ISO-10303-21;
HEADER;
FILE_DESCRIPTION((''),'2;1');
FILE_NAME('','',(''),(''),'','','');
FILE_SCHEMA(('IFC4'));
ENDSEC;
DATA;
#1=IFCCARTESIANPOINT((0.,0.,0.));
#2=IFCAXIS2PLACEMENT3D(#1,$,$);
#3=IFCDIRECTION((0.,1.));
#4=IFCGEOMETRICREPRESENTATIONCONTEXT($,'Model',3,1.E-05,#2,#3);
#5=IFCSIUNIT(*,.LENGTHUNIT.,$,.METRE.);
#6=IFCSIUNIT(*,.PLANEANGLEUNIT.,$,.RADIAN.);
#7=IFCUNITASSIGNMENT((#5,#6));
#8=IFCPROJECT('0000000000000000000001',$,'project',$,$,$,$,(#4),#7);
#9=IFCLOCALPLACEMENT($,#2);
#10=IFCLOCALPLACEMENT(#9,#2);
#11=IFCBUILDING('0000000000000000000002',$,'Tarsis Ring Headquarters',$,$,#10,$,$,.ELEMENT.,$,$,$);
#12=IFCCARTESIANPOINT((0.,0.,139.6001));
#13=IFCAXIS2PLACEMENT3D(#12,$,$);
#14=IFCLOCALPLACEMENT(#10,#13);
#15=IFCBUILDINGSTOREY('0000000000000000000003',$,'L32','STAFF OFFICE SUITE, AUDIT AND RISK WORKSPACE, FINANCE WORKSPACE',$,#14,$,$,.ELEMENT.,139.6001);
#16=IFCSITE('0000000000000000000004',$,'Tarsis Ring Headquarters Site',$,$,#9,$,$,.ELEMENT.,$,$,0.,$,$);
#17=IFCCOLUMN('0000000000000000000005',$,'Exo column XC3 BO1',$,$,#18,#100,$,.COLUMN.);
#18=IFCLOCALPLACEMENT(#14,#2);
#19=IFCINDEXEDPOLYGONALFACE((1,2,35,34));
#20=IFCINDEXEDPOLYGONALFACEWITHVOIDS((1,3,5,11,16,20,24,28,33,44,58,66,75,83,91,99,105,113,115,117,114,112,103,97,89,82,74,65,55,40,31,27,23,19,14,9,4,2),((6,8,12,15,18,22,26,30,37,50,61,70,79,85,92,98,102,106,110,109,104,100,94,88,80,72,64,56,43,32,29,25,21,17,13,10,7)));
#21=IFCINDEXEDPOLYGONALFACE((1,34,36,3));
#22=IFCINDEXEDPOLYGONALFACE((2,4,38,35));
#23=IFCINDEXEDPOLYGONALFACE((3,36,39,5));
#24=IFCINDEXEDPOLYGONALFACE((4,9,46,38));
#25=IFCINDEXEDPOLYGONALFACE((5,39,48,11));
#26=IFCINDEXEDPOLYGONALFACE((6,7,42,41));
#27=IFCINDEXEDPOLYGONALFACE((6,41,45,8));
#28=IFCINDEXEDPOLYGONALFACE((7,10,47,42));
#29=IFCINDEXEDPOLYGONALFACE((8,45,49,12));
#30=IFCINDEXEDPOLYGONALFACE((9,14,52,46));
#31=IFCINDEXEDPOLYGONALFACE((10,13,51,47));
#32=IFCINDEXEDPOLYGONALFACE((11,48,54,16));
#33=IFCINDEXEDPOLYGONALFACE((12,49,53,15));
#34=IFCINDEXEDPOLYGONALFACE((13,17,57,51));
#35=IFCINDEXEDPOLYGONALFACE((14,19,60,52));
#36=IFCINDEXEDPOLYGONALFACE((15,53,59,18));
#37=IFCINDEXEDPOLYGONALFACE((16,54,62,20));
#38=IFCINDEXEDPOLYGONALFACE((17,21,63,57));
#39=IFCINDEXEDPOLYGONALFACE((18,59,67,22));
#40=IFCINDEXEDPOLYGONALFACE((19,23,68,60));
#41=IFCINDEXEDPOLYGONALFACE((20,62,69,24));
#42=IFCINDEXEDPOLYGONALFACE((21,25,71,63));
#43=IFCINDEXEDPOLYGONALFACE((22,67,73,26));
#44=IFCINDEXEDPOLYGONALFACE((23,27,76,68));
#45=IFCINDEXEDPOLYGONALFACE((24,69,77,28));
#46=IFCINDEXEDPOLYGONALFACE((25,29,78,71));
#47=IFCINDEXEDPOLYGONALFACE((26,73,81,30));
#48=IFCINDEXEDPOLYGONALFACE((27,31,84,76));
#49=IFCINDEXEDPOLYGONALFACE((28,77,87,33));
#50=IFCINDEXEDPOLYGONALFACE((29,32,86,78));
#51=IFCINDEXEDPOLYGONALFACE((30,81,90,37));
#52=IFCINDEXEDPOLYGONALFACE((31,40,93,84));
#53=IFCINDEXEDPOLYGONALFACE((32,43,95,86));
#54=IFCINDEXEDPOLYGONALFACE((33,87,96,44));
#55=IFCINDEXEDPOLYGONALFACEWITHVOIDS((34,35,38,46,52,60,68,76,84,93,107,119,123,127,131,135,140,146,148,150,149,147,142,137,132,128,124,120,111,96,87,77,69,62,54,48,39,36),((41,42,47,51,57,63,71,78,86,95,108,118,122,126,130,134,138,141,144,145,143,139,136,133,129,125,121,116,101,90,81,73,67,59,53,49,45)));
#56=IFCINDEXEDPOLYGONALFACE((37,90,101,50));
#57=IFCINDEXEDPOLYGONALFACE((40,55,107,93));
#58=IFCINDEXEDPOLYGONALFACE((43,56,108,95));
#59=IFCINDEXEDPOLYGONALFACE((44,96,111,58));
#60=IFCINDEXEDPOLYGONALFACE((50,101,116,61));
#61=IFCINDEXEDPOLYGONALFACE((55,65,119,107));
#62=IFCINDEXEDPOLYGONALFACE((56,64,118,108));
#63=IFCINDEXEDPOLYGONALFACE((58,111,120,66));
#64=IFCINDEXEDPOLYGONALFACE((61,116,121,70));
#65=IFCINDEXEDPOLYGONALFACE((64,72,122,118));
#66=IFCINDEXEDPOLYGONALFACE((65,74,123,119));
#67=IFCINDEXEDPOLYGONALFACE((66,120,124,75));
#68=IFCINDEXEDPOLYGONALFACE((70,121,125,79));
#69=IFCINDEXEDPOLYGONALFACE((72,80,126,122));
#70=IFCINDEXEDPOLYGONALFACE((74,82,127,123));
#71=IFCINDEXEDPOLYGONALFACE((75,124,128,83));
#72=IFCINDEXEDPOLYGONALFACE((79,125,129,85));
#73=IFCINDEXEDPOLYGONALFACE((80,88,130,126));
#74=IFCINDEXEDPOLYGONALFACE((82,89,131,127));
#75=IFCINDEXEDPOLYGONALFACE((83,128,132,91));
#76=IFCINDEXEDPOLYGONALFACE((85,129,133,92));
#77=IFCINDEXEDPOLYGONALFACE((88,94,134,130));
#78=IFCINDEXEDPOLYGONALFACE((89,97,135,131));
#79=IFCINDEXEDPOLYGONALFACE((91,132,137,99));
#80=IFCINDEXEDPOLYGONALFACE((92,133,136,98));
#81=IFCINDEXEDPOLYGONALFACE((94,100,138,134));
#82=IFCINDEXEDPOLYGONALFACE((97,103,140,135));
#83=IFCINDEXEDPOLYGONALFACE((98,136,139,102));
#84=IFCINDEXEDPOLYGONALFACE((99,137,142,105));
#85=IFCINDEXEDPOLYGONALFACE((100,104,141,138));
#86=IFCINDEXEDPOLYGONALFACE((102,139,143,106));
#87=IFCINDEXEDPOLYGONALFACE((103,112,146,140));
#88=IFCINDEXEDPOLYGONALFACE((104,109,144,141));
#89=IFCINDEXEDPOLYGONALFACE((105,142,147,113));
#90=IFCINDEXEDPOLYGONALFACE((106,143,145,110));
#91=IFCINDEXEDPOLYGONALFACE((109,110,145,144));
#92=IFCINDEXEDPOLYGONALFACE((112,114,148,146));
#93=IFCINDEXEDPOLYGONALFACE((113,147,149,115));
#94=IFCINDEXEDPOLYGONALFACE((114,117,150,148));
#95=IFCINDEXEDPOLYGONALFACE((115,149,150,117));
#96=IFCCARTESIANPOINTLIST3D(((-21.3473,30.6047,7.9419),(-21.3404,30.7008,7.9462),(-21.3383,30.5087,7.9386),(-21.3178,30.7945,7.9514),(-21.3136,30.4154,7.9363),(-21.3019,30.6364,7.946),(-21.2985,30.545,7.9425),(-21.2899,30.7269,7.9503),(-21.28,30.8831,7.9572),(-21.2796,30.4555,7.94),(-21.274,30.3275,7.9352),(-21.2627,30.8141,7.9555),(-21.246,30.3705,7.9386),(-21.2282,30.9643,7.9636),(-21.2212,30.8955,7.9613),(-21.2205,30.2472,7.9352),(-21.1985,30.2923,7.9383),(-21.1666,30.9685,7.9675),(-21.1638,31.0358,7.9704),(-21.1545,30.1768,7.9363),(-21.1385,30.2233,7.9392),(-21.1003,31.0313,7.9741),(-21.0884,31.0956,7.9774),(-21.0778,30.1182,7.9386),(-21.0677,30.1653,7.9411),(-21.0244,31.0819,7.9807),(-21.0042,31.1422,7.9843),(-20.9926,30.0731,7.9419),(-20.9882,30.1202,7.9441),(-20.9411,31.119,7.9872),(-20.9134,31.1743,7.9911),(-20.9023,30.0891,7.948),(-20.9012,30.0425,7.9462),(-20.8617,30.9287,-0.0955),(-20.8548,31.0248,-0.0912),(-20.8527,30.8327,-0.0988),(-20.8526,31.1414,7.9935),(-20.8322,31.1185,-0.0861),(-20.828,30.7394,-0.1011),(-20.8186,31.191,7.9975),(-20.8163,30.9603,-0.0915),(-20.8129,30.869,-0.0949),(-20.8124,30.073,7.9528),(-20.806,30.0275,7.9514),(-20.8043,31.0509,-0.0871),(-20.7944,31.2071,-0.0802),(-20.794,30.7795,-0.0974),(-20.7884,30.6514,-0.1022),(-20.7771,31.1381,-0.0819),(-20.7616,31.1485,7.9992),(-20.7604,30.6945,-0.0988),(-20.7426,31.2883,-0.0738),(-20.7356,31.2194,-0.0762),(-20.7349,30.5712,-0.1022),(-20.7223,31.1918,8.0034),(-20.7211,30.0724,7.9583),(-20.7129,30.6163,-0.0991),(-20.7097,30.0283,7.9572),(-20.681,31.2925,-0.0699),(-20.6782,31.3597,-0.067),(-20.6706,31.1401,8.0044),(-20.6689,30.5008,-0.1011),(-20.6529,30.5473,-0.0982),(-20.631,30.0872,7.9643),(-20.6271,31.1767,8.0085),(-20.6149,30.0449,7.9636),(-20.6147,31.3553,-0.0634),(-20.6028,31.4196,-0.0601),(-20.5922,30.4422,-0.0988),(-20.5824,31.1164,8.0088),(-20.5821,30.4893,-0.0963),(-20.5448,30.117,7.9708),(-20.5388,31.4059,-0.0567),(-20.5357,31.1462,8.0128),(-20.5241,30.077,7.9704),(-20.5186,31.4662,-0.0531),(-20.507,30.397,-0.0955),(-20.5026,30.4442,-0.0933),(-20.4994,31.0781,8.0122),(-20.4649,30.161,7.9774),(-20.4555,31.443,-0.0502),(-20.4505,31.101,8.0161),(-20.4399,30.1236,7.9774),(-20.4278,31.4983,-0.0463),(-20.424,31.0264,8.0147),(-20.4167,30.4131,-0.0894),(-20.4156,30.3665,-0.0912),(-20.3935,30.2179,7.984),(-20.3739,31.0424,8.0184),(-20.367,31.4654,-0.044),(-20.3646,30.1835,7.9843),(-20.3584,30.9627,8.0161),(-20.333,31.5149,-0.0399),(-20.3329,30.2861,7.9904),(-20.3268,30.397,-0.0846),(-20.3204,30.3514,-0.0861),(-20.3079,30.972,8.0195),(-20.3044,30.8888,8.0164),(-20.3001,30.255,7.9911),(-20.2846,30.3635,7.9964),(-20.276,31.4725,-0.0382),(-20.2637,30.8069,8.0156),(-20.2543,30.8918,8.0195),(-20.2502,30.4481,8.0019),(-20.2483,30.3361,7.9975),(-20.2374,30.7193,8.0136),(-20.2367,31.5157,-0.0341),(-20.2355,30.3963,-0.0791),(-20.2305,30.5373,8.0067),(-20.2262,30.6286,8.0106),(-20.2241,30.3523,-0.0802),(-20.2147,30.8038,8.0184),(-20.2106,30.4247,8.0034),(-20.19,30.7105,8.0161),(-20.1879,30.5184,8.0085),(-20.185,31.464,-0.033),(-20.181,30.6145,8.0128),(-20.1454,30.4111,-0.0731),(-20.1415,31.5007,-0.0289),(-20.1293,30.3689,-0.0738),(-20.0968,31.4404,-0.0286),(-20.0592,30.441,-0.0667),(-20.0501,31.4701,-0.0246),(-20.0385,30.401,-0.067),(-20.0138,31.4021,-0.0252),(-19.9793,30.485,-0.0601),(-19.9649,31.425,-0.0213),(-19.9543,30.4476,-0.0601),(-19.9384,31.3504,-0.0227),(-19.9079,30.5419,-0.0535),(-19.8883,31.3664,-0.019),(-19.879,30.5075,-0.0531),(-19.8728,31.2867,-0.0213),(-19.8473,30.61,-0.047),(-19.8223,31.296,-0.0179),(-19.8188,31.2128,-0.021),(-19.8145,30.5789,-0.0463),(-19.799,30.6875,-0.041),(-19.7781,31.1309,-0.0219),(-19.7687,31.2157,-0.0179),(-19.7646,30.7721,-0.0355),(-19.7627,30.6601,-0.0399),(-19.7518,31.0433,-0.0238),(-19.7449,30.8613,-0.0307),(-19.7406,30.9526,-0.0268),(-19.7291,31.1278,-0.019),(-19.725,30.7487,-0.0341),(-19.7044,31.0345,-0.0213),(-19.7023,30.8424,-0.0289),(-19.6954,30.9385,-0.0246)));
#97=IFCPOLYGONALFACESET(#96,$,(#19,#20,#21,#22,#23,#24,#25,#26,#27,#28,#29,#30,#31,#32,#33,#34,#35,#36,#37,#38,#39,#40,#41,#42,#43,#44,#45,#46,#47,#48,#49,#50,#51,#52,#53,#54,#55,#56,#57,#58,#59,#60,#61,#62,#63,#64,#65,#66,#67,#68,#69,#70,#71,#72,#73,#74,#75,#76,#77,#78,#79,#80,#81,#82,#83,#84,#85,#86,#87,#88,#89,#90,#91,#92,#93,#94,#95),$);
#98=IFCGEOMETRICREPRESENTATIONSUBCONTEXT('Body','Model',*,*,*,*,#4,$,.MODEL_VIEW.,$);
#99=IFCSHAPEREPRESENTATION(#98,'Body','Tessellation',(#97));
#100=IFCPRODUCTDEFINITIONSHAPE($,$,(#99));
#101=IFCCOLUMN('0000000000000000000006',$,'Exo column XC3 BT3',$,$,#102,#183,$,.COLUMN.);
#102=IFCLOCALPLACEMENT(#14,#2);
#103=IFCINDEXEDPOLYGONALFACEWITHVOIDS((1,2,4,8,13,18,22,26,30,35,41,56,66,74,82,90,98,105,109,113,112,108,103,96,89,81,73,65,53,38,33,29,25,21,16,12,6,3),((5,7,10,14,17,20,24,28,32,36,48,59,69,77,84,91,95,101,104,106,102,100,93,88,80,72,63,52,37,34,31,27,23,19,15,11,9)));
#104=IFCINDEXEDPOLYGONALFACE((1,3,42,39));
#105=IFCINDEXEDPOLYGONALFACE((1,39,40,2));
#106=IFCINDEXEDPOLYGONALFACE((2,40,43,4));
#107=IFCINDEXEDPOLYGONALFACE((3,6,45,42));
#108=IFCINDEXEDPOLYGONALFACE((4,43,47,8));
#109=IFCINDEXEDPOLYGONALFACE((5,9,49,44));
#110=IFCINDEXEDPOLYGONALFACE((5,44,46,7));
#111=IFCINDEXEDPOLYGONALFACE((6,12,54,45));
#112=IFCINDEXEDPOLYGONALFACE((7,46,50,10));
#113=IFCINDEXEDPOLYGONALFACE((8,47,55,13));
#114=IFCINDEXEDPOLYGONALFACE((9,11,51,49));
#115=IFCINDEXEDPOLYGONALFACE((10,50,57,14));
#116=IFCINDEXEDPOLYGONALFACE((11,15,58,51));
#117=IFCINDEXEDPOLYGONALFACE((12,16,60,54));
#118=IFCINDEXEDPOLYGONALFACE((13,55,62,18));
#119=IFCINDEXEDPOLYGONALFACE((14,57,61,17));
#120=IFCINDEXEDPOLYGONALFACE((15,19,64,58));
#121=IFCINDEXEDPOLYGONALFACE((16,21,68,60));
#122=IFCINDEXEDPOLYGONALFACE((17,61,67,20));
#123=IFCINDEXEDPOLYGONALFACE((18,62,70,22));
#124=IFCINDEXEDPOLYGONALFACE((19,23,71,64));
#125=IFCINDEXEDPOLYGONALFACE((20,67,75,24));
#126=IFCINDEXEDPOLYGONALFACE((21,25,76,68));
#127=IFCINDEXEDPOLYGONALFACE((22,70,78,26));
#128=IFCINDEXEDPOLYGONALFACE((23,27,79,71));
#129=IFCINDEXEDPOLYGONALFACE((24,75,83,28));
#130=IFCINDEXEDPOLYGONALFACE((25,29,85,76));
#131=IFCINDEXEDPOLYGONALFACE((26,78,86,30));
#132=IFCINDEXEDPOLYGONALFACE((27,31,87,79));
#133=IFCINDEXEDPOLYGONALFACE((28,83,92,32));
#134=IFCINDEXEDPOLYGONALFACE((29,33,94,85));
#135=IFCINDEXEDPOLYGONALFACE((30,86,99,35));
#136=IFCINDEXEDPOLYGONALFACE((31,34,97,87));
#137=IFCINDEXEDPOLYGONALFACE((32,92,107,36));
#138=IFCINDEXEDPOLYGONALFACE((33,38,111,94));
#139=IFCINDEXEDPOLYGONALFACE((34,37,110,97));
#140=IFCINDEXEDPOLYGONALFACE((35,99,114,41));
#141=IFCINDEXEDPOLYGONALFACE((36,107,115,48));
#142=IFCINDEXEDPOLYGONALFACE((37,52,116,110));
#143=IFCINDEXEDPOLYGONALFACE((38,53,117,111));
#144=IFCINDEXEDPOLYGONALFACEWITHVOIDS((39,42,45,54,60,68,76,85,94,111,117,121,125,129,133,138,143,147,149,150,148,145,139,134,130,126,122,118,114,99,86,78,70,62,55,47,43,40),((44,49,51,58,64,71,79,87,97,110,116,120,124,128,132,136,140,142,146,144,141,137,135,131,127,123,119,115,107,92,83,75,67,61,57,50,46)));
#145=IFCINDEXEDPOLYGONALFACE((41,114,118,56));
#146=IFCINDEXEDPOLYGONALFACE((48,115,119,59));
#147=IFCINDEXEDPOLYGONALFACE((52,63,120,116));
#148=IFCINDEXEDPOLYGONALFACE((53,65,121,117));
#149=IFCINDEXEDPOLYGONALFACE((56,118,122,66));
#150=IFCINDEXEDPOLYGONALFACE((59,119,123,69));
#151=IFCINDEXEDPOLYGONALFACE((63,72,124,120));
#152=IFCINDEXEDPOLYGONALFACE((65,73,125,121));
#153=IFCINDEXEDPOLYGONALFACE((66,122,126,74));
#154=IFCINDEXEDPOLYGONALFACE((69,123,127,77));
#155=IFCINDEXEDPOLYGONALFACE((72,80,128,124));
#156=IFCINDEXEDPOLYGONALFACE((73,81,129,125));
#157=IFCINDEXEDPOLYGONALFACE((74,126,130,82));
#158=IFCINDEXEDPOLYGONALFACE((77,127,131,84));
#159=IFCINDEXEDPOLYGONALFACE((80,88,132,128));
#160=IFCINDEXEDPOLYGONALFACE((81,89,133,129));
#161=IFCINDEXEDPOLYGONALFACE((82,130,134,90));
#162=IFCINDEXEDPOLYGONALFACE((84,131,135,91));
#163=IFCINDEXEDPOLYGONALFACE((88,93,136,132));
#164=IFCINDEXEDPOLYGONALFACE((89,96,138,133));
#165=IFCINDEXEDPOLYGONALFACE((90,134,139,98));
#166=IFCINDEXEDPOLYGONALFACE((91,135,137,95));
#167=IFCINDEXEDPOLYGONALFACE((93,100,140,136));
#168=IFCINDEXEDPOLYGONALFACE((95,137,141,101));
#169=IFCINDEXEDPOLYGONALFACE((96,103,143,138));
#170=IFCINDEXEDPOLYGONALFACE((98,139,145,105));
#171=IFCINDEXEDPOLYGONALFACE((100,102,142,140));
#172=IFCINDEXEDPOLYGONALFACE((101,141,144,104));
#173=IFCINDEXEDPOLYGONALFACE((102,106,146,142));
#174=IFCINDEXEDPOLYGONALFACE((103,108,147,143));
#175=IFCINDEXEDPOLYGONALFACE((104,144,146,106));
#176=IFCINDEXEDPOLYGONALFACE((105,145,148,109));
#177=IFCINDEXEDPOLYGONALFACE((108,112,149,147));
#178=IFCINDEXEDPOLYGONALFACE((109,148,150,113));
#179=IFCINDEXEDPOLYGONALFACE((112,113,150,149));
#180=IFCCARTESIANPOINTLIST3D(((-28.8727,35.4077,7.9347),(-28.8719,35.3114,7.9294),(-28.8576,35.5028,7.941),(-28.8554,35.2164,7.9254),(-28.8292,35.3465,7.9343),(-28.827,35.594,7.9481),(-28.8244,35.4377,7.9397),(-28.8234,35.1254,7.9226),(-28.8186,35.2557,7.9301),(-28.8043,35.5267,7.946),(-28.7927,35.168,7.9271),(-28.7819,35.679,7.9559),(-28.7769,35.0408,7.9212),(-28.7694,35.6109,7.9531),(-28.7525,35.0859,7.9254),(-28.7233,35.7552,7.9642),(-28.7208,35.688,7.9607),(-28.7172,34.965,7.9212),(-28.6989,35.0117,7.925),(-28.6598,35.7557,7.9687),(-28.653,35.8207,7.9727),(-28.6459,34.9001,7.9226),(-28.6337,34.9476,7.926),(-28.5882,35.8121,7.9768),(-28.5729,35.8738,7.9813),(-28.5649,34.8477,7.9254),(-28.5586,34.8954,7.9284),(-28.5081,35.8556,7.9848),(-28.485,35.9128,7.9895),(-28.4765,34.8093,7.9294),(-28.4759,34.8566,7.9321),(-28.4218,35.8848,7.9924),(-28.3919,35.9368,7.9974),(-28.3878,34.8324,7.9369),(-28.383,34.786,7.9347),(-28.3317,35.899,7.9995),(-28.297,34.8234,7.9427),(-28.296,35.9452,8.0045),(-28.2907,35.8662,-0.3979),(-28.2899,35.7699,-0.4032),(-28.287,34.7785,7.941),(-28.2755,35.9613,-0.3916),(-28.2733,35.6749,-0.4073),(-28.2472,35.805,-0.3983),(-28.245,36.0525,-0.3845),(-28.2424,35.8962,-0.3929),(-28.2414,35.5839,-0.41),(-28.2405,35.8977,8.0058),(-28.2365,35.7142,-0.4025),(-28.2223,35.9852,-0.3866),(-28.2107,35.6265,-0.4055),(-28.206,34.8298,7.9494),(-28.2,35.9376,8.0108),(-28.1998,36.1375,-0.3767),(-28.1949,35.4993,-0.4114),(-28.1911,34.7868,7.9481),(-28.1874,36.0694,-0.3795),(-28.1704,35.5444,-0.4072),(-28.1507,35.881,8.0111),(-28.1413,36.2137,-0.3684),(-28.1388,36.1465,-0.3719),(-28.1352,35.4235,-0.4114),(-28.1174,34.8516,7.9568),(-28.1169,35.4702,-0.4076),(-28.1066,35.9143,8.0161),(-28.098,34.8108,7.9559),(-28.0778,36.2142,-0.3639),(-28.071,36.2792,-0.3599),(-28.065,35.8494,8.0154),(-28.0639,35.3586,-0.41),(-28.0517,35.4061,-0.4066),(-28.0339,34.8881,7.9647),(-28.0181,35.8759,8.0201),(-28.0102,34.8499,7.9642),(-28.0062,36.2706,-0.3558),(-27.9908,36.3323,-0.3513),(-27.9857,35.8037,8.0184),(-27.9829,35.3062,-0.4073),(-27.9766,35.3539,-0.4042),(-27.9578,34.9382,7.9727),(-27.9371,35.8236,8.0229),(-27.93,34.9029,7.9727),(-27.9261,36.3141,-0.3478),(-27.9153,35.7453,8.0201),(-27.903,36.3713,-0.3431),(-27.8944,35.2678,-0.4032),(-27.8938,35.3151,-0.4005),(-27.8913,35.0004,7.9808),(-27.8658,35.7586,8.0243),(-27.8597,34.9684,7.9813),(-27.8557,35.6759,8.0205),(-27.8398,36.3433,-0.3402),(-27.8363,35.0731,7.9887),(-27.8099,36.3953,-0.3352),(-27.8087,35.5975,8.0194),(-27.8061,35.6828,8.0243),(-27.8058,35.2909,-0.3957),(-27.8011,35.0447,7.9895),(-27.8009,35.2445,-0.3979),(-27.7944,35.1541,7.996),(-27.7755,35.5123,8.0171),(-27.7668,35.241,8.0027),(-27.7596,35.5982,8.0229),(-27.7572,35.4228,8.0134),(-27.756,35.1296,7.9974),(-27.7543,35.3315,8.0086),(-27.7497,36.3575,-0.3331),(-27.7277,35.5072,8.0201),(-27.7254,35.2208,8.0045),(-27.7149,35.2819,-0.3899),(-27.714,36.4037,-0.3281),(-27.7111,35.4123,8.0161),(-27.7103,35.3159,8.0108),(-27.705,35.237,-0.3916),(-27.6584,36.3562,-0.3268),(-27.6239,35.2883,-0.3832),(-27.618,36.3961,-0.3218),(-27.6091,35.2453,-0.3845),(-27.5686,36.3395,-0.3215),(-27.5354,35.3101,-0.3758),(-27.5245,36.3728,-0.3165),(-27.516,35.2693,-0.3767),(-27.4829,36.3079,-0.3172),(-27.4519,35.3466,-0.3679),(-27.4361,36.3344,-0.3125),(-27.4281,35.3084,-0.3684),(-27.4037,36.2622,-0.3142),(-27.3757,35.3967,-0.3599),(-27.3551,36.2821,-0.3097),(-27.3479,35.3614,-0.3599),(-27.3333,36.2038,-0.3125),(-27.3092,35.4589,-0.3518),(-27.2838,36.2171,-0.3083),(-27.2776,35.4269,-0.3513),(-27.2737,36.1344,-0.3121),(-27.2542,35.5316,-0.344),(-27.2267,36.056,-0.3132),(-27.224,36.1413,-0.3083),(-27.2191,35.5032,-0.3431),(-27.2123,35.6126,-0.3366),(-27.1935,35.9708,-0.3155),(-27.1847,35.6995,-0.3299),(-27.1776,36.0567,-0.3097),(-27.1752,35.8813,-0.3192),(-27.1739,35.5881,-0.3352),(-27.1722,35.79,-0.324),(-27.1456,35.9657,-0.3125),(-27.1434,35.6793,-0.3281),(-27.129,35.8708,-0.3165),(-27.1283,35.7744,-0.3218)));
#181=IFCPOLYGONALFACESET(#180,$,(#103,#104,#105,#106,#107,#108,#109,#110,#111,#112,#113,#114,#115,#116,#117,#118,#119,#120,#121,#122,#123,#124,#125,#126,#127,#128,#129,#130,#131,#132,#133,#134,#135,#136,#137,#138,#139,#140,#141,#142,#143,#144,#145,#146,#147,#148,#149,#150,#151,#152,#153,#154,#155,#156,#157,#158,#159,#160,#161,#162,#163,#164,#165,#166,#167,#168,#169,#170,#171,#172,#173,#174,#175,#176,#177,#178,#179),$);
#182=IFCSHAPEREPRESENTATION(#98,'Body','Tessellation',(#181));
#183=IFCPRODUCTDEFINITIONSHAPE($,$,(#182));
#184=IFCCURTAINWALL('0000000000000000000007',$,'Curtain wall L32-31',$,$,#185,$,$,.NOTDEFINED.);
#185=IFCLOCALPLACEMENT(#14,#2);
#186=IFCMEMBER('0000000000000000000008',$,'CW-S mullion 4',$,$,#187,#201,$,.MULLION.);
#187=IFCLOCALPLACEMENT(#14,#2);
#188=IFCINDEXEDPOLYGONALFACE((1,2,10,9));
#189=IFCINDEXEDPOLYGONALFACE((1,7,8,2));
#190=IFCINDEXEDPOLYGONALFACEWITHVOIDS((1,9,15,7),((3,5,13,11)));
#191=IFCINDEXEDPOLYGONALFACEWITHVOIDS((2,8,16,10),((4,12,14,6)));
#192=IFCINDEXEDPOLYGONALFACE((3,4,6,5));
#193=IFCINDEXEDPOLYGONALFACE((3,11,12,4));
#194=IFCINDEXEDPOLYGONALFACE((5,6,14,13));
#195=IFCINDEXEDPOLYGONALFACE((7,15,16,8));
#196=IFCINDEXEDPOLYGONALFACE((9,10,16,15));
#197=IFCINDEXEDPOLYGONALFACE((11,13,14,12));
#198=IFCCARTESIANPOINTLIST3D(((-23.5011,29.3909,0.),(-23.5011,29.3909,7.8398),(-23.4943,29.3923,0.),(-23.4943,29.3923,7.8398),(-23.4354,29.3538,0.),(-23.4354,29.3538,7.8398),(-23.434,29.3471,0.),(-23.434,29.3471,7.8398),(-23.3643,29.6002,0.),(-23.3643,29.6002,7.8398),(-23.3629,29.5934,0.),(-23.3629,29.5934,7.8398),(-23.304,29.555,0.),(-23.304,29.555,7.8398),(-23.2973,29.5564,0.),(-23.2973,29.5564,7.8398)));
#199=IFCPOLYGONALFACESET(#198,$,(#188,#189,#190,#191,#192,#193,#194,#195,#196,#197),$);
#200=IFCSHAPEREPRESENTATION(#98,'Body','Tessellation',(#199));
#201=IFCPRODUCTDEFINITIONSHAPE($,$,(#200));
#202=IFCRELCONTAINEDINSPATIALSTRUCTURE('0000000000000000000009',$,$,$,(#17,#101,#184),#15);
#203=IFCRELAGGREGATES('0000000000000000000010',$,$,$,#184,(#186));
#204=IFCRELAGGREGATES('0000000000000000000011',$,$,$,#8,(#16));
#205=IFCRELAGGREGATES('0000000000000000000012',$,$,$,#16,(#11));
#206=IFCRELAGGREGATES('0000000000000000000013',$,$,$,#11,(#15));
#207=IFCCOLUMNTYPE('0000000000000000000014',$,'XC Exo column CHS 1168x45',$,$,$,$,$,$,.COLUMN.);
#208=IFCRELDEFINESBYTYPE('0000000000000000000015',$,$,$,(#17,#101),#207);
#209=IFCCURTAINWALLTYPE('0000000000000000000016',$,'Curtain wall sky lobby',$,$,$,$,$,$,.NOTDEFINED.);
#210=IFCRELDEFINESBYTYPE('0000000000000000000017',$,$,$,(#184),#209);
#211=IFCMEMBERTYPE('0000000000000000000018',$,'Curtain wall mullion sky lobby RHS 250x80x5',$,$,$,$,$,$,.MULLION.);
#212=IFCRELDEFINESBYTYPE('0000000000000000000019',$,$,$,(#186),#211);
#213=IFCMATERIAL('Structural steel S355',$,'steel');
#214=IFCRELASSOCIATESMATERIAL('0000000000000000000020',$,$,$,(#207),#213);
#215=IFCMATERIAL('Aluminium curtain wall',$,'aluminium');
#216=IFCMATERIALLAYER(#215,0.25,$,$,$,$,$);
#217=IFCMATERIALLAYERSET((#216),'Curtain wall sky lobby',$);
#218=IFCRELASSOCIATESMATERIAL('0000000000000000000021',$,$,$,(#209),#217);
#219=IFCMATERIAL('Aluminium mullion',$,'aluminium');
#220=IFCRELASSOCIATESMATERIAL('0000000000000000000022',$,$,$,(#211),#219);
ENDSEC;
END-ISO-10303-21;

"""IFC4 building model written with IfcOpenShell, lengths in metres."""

from ifc_helpers import new_model, si_unit, direction, frame, origin, origin_2d, place, context, subcontext, project, spatial, hollow_rectangle, hollow_circle, extrude, material, layer, layer_set, material_profile, profile_set, type_object, element, aggregate, save


model = new_model("IFC4")

# Units and contexts
model_context = context("Model", 3, precision=1e-05, world=origin(), true_north=direction((0.0, 1.0)))
body_context = subcontext(model_context, "Body", "Model", "MODEL_VIEW")
ifc_project = project(units=[si_unit("LENGTHUNIT", "METRE"), si_unit("PLANEANGLEUNIT", "RADIAN")], contexts=[model_context])

# Site, building, storey
site_placement = place(None, origin())
site = spatial("IfcSite", under=ifc_project, at=site_placement, Name="Tarsis Ring Headquarters Site", CompositionType="ELEMENT", RefElevation=0.0)
building_placement = place(site_placement, origin())
building = spatial("IfcBuilding", under=site, at=building_placement, Name="Tarsis Ring Headquarters", CompositionType="ELEMENT")
storey_placement = place(building_placement, frame((0.0, 0.0, 139.6001)))
storey = spatial("IfcBuildingStorey", under=building, at=storey_placement, Name="L32", Description="STAFF OFFICE SUITE, AUDIT AND RISK WORKSPACE, FINANCE WORKSPACE", CompositionType="ELEMENT", Elevation=139.6001)

# Columns
ifc_material_1 = material(Name="Structural steel S355", Category="steel")
ifc_material_profile_1 = material_profile(ifc_material_1, hollow_circle(Radius=0.5842, WallThickness=0.0449, at=origin_2d()), Name="CHS 1168x45")
ifc_profile_set_1 = profile_set([ifc_material_profile_1], Name="Structural steel S355")
column_type = type_object("IfcColumnType", Name="XC Exo column CHS 1168x45", PredefinedType="COLUMN", material=ifc_profile_set_1)
column_1_placement = place(storey_placement, frame((-20.2786, 30.9336, -0.0601), z_axis=(-0.060259, -0.040203, 0.997373), x_axis=(0.55499, -0.831857, 0.0)))
element("IfcColumn", 1, at=column_1_placement, inside=storey, type_object=column_type, Name="Exo column XC3 BO1", PredefinedType="COLUMN", context=body_context, shape_type="SweptSolid", body=[
    extrude(hollow_circle(Radius=0.5842, WallThickness=0.0449, at=origin_2d()), origin(), (0.0, 0.0, 1.0), 8.0586),
])
column_2_placement = place(storey_placement, frame((-27.7095, 35.8203, -0.3599), z_axis=(-0.069576, -0.054809, 0.99607), x_axis=(0.618811, -0.78554, 0.0)))
element("IfcColumn", 2, at=column_2_placement, inside=storey, type_object=column_type, Name="Exo column XC3 BT3", PredefinedType="COLUMN", context=body_context, shape_type="SweptSolid", body=[
    extrude(hollow_circle(Radius=0.5842, WallThickness=0.0449, at=origin_2d()), origin(), (0.0, 0.0, 1.0), 8.3655),
])

# Curtain wall, member
ifc_material_2 = material(Name="Aluminium curtain wall", Category="aluminium")
ifc_layer_1 = layer(ifc_material_2, 0.25)
ifc_layer_set_1 = layer_set([ifc_layer_1], Name="Curtain wall sky lobby")
curtain_wall_type = type_object("IfcCurtainWallType", Name="Curtain wall sky lobby", PredefinedType="NOTDEFINED", material=ifc_layer_set_1)
curtain_wall_placement = place(storey_placement, origin())
curtain_wall = element("IfcCurtainWall", 3, at=curtain_wall_placement, inside=storey, type_object=curtain_wall_type, Name="Curtain wall L32-31", PredefinedType="NOTDEFINED")
ifc_material_3 = material(Name="Aluminium mullion", Category="aluminium")
ifc_material_profile_2 = material_profile(ifc_material_3, hollow_rectangle(XDim=0.25, YDim=0.0801, WallThickness=0.0049, at=origin_2d()), Name="RHS 250x80x5")
ifc_profile_set_2 = profile_set([ifc_material_profile_2], Name="Aluminium mullion")
member_type_1 = type_object("IfcMemberType", Name="Curtain wall mullion sky lobby RHS 250x80x5", PredefinedType="MULLION", material=ifc_profile_set_2)
member_1_placement = place(storey_placement, frame((-23.3992, 29.4736, 0.0), z_axis=(0.0, 0.0, 1.0), x_axis=(-0.546979, -0.837146, 0.0)))
member_1 = element("IfcMember", 4, at=member_1_placement, type_object=member_type_1, Name="CW-S mullion 4", PredefinedType="MULLION", context=body_context, shape_type="SweptSolid", body=[
    extrude(hollow_rectangle(XDim=0.25, YDim=0.0801, WallThickness=0.0049, at=origin_2d()), origin(), (0.0, 0.0, 1.0), 7.8398),
])

aggregate(curtain_wall, [member_1])

save(model, "model.ifc")
